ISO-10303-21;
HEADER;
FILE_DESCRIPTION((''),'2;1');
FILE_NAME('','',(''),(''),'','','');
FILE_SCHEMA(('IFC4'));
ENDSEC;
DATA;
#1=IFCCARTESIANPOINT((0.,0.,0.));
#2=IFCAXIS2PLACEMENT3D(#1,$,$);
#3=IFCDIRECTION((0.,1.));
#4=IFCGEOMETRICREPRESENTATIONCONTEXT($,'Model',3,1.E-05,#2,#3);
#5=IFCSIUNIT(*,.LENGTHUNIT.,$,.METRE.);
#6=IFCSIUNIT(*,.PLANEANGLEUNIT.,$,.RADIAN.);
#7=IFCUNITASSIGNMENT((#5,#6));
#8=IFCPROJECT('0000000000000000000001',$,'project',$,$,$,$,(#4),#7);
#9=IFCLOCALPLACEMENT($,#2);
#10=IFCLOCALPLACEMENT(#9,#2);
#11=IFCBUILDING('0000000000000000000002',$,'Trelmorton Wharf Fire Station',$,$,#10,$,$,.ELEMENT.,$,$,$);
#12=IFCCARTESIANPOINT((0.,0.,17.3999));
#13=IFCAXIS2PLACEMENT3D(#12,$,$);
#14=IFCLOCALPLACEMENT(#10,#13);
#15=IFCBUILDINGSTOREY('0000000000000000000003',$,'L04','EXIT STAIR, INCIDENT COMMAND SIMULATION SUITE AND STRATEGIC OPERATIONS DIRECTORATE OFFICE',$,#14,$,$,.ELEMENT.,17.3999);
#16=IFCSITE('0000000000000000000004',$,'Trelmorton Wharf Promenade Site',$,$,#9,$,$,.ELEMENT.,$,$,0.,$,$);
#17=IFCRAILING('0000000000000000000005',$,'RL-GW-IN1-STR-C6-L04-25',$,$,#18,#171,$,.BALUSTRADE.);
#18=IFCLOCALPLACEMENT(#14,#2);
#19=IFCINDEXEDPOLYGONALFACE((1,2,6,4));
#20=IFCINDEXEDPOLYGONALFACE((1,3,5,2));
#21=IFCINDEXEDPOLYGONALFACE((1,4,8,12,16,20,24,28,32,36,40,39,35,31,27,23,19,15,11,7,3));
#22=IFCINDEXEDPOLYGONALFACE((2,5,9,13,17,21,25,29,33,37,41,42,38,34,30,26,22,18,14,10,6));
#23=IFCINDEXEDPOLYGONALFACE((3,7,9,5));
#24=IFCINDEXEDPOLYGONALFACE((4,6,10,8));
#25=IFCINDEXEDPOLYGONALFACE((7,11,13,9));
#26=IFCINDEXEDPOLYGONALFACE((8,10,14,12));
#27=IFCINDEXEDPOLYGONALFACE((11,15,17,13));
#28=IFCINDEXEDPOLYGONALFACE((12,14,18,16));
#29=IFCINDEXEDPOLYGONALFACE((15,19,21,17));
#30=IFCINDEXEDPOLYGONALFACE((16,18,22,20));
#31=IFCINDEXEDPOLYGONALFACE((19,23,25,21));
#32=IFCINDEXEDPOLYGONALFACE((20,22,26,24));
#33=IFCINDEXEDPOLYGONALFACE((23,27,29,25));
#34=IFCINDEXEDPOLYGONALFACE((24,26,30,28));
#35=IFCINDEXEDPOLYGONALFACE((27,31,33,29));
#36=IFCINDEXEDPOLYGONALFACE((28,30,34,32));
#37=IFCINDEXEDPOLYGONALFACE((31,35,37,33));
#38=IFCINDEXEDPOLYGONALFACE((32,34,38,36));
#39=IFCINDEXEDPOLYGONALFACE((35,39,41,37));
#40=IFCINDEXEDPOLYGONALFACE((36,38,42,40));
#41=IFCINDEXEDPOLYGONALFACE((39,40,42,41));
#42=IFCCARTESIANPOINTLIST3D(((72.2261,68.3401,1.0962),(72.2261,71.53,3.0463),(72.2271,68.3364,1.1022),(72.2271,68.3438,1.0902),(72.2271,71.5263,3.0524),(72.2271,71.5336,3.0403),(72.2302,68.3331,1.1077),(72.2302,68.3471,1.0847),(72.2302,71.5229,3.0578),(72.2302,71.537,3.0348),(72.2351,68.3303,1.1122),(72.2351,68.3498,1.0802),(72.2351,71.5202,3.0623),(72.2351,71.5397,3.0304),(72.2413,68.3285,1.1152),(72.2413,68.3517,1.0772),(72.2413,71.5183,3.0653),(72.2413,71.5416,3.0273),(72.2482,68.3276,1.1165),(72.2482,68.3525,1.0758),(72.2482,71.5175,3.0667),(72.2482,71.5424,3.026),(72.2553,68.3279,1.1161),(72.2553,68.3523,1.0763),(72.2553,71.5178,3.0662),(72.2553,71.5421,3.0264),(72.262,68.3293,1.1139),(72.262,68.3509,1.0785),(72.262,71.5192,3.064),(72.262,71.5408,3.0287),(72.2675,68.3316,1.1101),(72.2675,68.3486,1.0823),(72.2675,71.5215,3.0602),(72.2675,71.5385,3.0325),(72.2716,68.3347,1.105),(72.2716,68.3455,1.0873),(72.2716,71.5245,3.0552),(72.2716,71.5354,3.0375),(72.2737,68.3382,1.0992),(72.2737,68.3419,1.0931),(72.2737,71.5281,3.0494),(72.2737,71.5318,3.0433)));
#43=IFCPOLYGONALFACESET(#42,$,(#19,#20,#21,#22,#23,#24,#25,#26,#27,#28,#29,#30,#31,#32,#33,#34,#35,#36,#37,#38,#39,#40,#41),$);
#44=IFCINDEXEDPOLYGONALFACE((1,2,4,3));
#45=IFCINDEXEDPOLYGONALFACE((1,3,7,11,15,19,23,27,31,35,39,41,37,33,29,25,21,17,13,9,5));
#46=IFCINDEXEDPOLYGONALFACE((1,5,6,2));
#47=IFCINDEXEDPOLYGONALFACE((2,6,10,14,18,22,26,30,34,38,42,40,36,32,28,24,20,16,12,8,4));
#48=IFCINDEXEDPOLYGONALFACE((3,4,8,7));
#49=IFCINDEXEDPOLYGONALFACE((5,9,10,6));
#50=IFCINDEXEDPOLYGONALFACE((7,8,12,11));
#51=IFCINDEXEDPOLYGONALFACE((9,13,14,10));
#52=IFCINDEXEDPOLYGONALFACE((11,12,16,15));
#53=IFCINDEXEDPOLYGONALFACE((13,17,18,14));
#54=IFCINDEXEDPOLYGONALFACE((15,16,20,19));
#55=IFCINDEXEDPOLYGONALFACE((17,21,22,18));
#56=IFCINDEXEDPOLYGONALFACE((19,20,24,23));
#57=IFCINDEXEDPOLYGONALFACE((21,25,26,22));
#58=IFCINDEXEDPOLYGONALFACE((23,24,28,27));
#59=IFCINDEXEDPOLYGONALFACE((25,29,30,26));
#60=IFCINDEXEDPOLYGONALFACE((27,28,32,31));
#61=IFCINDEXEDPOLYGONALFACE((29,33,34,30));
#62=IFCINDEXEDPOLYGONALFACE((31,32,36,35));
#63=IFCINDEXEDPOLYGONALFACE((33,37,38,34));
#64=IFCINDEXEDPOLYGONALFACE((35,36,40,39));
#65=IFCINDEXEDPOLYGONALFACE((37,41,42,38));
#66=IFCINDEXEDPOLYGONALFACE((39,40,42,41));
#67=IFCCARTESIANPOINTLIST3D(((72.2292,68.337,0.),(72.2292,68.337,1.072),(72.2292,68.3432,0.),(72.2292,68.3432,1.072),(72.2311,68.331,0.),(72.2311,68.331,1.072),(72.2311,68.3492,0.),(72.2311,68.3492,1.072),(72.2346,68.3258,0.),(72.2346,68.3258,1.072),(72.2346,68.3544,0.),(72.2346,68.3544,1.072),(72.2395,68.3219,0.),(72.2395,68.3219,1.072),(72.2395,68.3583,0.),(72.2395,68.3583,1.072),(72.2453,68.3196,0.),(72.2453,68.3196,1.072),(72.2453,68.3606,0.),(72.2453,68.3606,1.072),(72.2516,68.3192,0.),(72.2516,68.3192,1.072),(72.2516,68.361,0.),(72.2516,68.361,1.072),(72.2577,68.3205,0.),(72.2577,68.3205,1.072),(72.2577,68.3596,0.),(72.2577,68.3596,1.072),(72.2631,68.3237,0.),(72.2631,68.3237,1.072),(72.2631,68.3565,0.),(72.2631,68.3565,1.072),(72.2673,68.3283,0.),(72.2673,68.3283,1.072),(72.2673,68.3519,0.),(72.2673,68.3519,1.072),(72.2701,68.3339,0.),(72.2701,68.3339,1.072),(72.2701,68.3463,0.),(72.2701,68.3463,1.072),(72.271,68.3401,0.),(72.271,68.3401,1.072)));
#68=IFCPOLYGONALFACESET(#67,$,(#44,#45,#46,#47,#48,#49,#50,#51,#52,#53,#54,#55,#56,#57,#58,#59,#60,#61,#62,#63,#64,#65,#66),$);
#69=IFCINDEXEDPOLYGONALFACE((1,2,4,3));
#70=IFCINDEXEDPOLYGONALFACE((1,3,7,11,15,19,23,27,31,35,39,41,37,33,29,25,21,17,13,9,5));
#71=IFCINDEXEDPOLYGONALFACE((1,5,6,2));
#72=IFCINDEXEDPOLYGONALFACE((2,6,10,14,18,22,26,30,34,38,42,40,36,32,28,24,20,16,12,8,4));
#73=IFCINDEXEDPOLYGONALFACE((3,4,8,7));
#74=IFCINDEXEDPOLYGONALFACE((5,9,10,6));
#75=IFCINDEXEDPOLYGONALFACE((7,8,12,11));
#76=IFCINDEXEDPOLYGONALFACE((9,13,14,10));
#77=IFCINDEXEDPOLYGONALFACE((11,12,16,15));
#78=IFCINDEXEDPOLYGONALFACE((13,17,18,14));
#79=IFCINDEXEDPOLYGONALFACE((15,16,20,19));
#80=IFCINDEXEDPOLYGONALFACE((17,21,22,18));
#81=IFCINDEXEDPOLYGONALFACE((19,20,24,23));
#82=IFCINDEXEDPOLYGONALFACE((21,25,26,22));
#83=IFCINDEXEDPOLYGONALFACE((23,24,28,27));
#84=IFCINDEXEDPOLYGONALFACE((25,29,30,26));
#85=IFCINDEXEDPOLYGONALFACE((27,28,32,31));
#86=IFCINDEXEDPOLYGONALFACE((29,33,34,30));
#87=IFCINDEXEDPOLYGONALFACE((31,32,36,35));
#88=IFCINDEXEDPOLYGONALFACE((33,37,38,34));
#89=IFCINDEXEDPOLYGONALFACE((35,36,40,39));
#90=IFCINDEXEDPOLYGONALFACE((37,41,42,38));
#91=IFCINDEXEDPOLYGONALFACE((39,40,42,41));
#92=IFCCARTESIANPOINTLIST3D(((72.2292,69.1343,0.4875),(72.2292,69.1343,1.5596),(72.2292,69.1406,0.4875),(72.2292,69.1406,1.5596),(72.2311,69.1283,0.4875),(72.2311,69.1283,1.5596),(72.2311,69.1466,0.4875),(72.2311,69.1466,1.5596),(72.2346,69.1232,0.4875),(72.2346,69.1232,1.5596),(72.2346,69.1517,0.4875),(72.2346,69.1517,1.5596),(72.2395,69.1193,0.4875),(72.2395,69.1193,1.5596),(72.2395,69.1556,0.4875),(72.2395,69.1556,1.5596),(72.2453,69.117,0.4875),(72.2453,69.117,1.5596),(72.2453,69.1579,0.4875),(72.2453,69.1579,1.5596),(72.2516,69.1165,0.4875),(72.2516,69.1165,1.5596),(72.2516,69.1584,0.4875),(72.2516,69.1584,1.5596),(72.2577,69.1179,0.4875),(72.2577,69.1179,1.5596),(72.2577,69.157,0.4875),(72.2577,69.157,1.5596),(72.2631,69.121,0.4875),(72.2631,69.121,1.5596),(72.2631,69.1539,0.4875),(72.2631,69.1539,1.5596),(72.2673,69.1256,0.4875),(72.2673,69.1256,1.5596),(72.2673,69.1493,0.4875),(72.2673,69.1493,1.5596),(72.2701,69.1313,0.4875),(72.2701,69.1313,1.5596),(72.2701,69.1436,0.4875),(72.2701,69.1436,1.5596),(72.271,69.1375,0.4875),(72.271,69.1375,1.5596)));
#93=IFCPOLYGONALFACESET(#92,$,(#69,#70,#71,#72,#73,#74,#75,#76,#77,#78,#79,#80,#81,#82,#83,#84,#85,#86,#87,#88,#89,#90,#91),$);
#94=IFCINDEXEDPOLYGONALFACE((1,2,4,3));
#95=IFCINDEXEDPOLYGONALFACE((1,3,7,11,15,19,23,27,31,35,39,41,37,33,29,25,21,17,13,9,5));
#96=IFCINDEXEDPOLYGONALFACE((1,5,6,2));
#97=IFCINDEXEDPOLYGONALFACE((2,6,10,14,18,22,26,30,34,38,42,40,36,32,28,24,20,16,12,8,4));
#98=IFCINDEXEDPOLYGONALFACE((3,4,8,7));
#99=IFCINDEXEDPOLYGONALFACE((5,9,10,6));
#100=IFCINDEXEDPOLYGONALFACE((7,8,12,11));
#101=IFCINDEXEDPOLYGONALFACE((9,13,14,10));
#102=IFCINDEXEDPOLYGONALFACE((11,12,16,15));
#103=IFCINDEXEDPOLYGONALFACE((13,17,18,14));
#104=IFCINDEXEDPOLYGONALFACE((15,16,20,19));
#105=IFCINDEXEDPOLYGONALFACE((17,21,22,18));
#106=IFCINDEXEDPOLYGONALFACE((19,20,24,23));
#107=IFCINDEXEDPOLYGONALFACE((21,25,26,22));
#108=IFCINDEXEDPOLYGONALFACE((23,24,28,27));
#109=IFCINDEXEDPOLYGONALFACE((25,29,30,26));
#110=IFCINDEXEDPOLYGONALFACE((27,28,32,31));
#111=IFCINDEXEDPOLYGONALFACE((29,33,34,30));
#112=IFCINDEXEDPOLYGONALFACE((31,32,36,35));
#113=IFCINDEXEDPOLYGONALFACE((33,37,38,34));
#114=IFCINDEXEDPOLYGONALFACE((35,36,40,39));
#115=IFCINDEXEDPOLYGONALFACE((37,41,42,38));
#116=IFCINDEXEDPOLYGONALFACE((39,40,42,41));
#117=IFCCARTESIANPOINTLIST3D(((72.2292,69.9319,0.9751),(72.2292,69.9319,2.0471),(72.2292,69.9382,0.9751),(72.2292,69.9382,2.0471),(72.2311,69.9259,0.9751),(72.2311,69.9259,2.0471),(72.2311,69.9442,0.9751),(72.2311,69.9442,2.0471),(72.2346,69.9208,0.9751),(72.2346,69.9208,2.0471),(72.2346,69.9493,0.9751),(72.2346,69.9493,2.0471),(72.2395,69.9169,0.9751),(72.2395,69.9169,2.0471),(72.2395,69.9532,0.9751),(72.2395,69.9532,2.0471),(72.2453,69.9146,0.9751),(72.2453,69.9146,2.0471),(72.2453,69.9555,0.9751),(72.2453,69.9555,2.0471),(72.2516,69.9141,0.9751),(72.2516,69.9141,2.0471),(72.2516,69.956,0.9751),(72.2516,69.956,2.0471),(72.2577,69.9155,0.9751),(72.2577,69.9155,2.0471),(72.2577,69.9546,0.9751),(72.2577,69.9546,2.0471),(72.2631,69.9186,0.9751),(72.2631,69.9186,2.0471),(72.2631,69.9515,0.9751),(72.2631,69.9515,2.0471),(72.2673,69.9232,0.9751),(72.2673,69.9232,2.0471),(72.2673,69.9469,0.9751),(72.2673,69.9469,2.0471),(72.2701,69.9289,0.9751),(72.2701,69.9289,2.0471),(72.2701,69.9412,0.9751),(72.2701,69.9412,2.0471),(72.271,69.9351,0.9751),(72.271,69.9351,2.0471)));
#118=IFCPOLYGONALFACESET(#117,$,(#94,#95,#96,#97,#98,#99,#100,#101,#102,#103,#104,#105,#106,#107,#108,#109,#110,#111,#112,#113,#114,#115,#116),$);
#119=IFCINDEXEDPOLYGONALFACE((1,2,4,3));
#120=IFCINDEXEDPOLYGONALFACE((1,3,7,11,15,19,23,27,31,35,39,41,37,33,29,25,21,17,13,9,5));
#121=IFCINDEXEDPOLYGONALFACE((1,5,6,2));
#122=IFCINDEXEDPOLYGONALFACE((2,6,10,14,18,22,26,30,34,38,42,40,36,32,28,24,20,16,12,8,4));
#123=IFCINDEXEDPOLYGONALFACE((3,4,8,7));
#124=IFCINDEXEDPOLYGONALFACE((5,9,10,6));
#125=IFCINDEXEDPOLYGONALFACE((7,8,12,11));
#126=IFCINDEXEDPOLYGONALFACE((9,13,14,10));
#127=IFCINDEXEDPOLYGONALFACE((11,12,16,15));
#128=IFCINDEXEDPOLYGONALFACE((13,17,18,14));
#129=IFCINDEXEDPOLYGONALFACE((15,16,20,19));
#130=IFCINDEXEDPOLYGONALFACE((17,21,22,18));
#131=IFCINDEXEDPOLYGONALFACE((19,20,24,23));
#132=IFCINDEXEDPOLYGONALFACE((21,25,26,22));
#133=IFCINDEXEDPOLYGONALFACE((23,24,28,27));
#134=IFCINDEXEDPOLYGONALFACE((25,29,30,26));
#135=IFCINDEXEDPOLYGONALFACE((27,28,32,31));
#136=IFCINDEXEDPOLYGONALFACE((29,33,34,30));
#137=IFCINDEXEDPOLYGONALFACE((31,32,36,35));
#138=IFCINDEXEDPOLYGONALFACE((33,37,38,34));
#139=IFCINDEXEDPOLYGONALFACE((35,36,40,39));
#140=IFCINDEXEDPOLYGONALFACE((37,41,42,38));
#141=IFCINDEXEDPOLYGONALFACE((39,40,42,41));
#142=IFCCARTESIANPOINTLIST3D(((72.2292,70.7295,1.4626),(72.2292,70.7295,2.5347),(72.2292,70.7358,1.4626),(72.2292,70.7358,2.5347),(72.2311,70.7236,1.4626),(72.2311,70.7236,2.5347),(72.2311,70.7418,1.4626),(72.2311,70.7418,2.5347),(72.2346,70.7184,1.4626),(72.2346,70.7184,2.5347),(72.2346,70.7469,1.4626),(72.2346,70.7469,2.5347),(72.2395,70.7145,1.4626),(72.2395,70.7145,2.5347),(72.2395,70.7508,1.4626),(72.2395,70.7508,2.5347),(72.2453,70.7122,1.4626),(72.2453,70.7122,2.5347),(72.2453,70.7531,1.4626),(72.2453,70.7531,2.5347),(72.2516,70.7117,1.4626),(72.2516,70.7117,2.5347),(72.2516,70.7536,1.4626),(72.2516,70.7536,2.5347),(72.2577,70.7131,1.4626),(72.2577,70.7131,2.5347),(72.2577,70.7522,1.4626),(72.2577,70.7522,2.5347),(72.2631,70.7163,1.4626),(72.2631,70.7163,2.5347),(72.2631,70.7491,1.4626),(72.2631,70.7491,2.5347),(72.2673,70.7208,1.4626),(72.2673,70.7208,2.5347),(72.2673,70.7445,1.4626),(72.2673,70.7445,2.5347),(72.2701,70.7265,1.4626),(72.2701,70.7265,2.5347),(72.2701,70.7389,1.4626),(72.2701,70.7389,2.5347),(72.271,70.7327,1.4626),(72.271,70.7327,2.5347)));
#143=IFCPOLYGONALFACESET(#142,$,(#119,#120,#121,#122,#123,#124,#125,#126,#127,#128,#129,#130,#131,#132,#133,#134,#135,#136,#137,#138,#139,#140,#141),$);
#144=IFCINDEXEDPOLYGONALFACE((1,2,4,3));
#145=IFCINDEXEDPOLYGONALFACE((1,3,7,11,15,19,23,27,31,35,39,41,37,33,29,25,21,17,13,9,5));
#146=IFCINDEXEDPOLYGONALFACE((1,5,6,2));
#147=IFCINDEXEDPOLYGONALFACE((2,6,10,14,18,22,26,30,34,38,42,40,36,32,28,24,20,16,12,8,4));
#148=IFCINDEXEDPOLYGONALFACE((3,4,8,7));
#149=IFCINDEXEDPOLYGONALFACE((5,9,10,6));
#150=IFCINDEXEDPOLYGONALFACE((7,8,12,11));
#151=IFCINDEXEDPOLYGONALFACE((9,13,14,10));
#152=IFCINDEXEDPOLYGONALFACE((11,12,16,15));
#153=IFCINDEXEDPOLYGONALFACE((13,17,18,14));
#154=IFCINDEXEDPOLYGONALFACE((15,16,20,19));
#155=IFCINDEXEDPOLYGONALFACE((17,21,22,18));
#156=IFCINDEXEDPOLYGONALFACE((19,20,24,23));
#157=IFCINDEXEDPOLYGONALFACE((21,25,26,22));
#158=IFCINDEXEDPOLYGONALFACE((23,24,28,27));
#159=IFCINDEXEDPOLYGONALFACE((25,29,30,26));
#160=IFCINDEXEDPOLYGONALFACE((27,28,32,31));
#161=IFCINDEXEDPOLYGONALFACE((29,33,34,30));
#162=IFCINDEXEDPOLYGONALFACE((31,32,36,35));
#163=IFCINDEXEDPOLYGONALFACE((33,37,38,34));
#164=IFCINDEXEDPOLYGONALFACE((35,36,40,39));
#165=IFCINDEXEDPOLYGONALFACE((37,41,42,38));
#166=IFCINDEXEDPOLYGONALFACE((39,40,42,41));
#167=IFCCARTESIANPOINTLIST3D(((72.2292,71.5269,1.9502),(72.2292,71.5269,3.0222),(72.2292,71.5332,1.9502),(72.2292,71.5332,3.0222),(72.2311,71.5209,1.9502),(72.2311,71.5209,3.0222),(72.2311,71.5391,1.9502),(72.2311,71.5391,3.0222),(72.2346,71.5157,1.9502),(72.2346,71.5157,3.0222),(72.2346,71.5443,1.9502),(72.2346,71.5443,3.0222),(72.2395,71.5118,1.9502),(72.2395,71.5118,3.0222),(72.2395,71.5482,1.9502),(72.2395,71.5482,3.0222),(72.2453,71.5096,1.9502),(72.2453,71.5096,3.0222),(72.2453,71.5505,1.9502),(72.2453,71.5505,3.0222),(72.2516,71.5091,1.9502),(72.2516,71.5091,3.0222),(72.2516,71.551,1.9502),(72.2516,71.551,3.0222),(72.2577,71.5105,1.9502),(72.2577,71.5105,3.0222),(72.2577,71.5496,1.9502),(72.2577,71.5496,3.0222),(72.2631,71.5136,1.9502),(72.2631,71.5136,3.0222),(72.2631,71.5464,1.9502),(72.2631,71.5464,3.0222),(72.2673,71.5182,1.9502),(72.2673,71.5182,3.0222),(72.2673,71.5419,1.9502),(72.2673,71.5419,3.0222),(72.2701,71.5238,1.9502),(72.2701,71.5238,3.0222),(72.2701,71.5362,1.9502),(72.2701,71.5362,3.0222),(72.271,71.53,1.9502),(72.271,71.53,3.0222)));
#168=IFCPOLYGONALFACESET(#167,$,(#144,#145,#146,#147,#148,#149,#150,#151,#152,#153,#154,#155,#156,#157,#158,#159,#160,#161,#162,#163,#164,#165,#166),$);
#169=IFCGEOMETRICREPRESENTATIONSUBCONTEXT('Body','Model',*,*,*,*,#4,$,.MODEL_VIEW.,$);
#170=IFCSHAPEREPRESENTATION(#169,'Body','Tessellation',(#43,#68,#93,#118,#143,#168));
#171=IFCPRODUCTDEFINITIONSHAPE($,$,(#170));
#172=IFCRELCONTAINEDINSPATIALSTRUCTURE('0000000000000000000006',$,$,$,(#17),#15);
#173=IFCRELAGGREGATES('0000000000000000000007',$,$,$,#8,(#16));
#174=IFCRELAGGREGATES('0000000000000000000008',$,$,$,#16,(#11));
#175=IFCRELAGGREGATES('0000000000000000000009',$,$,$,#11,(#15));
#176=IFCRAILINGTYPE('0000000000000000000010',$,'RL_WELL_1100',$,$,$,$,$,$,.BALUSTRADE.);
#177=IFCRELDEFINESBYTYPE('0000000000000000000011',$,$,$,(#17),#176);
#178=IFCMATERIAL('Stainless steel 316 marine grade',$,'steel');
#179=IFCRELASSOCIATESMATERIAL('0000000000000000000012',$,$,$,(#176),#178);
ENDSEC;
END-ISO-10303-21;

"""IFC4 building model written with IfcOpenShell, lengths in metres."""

from ifc_helpers import new_model, si_unit, direction, frame, origin, origin_2d, place, context, subcontext, project, spatial, circle, extrude, material, type_object, element, save


model = new_model("IFC4")

# Units and contexts
model_context = context("Model", 3, precision=1e-05, world=origin(), true_north=direction((0.0, 1.0)))
body_context = subcontext(model_context, "Body", "Model", "MODEL_VIEW")
ifc_project = project(units=[si_unit("LENGTHUNIT", "METRE"), si_unit("PLANEANGLEUNIT", "RADIAN")], contexts=[model_context])

# Site, building, storey
site_placement = place(None, origin())
site = spatial("IfcSite", under=ifc_project, at=site_placement, Name="Trelmorton Wharf Promenade Site", CompositionType="ELEMENT", RefElevation=0.0)
building_placement = place(site_placement, origin())
building = spatial("IfcBuilding", under=site, at=building_placement, Name="Trelmorton Wharf Fire Station", CompositionType="ELEMENT")
storey_placement = place(building_placement, frame((0.0, 0.0, 17.3999)))
storey = spatial("IfcBuildingStorey", under=building, at=storey_placement, Name="L04", Description="EXIT STAIR, INCIDENT COMMAND SIMULATION SUITE AND STRATEGIC OPERATIONS DIRECTORATE OFFICE", CompositionType="ELEMENT", Elevation=17.3999)

# Shared definitions
ifc_material_1 = material(Name="Stainless steel 316 marine grade", Category="steel")

# Railing
railing_type_1 = type_object("IfcRailingType", Name="RL_WELL_1100", PredefinedType="BALUSTRADE", material=ifc_material_1)
railing_1_placement = place(storey_placement, frame((72.25, 68.3401, 0.0)))
element("IfcRailing", 1, at=railing_1_placement, inside=storey, type_object=railing_type_1, Name="RL-GW-IN1-STR-C6-L04-25", PredefinedType="BALUSTRADE", context=body_context, shape_type="SweptSolid", body=[
    extrude(circle(Radius=0.0239, at=origin_2d()), frame((0.0, 0.0, 1.0962), z_axis=(0.0, 0.853188, 0.521603), x_axis=(-1.0, 0.0, 0.0)), (0.0, 0.0, 1.0), 3.7388),
    extrude(circle(Radius=0.021, at=origin_2d()), origin(), (0.0, 0.0, 1.0), 1.072),
    extrude(circle(Radius=0.021, at=origin_2d()), frame((0.0, 0.7974, 0.4875)), (0.0, 0.0, 1.0), 1.072),
    extrude(circle(Radius=0.021, at=origin_2d()), frame((0.0, 1.595, 0.9751)), (0.0, 0.0, 1.0), 1.072),
    extrude(circle(Radius=0.021, at=origin_2d()), frame((0.0, 2.3926, 1.4626)), (0.0, 0.0, 1.0), 1.072),
    extrude(circle(Radius=0.021, at=origin_2d()), frame((0.0, 3.1899, 1.9502)), (0.0, 0.0, 1.0), 1.072),
])

save(model, "model.ifc")
